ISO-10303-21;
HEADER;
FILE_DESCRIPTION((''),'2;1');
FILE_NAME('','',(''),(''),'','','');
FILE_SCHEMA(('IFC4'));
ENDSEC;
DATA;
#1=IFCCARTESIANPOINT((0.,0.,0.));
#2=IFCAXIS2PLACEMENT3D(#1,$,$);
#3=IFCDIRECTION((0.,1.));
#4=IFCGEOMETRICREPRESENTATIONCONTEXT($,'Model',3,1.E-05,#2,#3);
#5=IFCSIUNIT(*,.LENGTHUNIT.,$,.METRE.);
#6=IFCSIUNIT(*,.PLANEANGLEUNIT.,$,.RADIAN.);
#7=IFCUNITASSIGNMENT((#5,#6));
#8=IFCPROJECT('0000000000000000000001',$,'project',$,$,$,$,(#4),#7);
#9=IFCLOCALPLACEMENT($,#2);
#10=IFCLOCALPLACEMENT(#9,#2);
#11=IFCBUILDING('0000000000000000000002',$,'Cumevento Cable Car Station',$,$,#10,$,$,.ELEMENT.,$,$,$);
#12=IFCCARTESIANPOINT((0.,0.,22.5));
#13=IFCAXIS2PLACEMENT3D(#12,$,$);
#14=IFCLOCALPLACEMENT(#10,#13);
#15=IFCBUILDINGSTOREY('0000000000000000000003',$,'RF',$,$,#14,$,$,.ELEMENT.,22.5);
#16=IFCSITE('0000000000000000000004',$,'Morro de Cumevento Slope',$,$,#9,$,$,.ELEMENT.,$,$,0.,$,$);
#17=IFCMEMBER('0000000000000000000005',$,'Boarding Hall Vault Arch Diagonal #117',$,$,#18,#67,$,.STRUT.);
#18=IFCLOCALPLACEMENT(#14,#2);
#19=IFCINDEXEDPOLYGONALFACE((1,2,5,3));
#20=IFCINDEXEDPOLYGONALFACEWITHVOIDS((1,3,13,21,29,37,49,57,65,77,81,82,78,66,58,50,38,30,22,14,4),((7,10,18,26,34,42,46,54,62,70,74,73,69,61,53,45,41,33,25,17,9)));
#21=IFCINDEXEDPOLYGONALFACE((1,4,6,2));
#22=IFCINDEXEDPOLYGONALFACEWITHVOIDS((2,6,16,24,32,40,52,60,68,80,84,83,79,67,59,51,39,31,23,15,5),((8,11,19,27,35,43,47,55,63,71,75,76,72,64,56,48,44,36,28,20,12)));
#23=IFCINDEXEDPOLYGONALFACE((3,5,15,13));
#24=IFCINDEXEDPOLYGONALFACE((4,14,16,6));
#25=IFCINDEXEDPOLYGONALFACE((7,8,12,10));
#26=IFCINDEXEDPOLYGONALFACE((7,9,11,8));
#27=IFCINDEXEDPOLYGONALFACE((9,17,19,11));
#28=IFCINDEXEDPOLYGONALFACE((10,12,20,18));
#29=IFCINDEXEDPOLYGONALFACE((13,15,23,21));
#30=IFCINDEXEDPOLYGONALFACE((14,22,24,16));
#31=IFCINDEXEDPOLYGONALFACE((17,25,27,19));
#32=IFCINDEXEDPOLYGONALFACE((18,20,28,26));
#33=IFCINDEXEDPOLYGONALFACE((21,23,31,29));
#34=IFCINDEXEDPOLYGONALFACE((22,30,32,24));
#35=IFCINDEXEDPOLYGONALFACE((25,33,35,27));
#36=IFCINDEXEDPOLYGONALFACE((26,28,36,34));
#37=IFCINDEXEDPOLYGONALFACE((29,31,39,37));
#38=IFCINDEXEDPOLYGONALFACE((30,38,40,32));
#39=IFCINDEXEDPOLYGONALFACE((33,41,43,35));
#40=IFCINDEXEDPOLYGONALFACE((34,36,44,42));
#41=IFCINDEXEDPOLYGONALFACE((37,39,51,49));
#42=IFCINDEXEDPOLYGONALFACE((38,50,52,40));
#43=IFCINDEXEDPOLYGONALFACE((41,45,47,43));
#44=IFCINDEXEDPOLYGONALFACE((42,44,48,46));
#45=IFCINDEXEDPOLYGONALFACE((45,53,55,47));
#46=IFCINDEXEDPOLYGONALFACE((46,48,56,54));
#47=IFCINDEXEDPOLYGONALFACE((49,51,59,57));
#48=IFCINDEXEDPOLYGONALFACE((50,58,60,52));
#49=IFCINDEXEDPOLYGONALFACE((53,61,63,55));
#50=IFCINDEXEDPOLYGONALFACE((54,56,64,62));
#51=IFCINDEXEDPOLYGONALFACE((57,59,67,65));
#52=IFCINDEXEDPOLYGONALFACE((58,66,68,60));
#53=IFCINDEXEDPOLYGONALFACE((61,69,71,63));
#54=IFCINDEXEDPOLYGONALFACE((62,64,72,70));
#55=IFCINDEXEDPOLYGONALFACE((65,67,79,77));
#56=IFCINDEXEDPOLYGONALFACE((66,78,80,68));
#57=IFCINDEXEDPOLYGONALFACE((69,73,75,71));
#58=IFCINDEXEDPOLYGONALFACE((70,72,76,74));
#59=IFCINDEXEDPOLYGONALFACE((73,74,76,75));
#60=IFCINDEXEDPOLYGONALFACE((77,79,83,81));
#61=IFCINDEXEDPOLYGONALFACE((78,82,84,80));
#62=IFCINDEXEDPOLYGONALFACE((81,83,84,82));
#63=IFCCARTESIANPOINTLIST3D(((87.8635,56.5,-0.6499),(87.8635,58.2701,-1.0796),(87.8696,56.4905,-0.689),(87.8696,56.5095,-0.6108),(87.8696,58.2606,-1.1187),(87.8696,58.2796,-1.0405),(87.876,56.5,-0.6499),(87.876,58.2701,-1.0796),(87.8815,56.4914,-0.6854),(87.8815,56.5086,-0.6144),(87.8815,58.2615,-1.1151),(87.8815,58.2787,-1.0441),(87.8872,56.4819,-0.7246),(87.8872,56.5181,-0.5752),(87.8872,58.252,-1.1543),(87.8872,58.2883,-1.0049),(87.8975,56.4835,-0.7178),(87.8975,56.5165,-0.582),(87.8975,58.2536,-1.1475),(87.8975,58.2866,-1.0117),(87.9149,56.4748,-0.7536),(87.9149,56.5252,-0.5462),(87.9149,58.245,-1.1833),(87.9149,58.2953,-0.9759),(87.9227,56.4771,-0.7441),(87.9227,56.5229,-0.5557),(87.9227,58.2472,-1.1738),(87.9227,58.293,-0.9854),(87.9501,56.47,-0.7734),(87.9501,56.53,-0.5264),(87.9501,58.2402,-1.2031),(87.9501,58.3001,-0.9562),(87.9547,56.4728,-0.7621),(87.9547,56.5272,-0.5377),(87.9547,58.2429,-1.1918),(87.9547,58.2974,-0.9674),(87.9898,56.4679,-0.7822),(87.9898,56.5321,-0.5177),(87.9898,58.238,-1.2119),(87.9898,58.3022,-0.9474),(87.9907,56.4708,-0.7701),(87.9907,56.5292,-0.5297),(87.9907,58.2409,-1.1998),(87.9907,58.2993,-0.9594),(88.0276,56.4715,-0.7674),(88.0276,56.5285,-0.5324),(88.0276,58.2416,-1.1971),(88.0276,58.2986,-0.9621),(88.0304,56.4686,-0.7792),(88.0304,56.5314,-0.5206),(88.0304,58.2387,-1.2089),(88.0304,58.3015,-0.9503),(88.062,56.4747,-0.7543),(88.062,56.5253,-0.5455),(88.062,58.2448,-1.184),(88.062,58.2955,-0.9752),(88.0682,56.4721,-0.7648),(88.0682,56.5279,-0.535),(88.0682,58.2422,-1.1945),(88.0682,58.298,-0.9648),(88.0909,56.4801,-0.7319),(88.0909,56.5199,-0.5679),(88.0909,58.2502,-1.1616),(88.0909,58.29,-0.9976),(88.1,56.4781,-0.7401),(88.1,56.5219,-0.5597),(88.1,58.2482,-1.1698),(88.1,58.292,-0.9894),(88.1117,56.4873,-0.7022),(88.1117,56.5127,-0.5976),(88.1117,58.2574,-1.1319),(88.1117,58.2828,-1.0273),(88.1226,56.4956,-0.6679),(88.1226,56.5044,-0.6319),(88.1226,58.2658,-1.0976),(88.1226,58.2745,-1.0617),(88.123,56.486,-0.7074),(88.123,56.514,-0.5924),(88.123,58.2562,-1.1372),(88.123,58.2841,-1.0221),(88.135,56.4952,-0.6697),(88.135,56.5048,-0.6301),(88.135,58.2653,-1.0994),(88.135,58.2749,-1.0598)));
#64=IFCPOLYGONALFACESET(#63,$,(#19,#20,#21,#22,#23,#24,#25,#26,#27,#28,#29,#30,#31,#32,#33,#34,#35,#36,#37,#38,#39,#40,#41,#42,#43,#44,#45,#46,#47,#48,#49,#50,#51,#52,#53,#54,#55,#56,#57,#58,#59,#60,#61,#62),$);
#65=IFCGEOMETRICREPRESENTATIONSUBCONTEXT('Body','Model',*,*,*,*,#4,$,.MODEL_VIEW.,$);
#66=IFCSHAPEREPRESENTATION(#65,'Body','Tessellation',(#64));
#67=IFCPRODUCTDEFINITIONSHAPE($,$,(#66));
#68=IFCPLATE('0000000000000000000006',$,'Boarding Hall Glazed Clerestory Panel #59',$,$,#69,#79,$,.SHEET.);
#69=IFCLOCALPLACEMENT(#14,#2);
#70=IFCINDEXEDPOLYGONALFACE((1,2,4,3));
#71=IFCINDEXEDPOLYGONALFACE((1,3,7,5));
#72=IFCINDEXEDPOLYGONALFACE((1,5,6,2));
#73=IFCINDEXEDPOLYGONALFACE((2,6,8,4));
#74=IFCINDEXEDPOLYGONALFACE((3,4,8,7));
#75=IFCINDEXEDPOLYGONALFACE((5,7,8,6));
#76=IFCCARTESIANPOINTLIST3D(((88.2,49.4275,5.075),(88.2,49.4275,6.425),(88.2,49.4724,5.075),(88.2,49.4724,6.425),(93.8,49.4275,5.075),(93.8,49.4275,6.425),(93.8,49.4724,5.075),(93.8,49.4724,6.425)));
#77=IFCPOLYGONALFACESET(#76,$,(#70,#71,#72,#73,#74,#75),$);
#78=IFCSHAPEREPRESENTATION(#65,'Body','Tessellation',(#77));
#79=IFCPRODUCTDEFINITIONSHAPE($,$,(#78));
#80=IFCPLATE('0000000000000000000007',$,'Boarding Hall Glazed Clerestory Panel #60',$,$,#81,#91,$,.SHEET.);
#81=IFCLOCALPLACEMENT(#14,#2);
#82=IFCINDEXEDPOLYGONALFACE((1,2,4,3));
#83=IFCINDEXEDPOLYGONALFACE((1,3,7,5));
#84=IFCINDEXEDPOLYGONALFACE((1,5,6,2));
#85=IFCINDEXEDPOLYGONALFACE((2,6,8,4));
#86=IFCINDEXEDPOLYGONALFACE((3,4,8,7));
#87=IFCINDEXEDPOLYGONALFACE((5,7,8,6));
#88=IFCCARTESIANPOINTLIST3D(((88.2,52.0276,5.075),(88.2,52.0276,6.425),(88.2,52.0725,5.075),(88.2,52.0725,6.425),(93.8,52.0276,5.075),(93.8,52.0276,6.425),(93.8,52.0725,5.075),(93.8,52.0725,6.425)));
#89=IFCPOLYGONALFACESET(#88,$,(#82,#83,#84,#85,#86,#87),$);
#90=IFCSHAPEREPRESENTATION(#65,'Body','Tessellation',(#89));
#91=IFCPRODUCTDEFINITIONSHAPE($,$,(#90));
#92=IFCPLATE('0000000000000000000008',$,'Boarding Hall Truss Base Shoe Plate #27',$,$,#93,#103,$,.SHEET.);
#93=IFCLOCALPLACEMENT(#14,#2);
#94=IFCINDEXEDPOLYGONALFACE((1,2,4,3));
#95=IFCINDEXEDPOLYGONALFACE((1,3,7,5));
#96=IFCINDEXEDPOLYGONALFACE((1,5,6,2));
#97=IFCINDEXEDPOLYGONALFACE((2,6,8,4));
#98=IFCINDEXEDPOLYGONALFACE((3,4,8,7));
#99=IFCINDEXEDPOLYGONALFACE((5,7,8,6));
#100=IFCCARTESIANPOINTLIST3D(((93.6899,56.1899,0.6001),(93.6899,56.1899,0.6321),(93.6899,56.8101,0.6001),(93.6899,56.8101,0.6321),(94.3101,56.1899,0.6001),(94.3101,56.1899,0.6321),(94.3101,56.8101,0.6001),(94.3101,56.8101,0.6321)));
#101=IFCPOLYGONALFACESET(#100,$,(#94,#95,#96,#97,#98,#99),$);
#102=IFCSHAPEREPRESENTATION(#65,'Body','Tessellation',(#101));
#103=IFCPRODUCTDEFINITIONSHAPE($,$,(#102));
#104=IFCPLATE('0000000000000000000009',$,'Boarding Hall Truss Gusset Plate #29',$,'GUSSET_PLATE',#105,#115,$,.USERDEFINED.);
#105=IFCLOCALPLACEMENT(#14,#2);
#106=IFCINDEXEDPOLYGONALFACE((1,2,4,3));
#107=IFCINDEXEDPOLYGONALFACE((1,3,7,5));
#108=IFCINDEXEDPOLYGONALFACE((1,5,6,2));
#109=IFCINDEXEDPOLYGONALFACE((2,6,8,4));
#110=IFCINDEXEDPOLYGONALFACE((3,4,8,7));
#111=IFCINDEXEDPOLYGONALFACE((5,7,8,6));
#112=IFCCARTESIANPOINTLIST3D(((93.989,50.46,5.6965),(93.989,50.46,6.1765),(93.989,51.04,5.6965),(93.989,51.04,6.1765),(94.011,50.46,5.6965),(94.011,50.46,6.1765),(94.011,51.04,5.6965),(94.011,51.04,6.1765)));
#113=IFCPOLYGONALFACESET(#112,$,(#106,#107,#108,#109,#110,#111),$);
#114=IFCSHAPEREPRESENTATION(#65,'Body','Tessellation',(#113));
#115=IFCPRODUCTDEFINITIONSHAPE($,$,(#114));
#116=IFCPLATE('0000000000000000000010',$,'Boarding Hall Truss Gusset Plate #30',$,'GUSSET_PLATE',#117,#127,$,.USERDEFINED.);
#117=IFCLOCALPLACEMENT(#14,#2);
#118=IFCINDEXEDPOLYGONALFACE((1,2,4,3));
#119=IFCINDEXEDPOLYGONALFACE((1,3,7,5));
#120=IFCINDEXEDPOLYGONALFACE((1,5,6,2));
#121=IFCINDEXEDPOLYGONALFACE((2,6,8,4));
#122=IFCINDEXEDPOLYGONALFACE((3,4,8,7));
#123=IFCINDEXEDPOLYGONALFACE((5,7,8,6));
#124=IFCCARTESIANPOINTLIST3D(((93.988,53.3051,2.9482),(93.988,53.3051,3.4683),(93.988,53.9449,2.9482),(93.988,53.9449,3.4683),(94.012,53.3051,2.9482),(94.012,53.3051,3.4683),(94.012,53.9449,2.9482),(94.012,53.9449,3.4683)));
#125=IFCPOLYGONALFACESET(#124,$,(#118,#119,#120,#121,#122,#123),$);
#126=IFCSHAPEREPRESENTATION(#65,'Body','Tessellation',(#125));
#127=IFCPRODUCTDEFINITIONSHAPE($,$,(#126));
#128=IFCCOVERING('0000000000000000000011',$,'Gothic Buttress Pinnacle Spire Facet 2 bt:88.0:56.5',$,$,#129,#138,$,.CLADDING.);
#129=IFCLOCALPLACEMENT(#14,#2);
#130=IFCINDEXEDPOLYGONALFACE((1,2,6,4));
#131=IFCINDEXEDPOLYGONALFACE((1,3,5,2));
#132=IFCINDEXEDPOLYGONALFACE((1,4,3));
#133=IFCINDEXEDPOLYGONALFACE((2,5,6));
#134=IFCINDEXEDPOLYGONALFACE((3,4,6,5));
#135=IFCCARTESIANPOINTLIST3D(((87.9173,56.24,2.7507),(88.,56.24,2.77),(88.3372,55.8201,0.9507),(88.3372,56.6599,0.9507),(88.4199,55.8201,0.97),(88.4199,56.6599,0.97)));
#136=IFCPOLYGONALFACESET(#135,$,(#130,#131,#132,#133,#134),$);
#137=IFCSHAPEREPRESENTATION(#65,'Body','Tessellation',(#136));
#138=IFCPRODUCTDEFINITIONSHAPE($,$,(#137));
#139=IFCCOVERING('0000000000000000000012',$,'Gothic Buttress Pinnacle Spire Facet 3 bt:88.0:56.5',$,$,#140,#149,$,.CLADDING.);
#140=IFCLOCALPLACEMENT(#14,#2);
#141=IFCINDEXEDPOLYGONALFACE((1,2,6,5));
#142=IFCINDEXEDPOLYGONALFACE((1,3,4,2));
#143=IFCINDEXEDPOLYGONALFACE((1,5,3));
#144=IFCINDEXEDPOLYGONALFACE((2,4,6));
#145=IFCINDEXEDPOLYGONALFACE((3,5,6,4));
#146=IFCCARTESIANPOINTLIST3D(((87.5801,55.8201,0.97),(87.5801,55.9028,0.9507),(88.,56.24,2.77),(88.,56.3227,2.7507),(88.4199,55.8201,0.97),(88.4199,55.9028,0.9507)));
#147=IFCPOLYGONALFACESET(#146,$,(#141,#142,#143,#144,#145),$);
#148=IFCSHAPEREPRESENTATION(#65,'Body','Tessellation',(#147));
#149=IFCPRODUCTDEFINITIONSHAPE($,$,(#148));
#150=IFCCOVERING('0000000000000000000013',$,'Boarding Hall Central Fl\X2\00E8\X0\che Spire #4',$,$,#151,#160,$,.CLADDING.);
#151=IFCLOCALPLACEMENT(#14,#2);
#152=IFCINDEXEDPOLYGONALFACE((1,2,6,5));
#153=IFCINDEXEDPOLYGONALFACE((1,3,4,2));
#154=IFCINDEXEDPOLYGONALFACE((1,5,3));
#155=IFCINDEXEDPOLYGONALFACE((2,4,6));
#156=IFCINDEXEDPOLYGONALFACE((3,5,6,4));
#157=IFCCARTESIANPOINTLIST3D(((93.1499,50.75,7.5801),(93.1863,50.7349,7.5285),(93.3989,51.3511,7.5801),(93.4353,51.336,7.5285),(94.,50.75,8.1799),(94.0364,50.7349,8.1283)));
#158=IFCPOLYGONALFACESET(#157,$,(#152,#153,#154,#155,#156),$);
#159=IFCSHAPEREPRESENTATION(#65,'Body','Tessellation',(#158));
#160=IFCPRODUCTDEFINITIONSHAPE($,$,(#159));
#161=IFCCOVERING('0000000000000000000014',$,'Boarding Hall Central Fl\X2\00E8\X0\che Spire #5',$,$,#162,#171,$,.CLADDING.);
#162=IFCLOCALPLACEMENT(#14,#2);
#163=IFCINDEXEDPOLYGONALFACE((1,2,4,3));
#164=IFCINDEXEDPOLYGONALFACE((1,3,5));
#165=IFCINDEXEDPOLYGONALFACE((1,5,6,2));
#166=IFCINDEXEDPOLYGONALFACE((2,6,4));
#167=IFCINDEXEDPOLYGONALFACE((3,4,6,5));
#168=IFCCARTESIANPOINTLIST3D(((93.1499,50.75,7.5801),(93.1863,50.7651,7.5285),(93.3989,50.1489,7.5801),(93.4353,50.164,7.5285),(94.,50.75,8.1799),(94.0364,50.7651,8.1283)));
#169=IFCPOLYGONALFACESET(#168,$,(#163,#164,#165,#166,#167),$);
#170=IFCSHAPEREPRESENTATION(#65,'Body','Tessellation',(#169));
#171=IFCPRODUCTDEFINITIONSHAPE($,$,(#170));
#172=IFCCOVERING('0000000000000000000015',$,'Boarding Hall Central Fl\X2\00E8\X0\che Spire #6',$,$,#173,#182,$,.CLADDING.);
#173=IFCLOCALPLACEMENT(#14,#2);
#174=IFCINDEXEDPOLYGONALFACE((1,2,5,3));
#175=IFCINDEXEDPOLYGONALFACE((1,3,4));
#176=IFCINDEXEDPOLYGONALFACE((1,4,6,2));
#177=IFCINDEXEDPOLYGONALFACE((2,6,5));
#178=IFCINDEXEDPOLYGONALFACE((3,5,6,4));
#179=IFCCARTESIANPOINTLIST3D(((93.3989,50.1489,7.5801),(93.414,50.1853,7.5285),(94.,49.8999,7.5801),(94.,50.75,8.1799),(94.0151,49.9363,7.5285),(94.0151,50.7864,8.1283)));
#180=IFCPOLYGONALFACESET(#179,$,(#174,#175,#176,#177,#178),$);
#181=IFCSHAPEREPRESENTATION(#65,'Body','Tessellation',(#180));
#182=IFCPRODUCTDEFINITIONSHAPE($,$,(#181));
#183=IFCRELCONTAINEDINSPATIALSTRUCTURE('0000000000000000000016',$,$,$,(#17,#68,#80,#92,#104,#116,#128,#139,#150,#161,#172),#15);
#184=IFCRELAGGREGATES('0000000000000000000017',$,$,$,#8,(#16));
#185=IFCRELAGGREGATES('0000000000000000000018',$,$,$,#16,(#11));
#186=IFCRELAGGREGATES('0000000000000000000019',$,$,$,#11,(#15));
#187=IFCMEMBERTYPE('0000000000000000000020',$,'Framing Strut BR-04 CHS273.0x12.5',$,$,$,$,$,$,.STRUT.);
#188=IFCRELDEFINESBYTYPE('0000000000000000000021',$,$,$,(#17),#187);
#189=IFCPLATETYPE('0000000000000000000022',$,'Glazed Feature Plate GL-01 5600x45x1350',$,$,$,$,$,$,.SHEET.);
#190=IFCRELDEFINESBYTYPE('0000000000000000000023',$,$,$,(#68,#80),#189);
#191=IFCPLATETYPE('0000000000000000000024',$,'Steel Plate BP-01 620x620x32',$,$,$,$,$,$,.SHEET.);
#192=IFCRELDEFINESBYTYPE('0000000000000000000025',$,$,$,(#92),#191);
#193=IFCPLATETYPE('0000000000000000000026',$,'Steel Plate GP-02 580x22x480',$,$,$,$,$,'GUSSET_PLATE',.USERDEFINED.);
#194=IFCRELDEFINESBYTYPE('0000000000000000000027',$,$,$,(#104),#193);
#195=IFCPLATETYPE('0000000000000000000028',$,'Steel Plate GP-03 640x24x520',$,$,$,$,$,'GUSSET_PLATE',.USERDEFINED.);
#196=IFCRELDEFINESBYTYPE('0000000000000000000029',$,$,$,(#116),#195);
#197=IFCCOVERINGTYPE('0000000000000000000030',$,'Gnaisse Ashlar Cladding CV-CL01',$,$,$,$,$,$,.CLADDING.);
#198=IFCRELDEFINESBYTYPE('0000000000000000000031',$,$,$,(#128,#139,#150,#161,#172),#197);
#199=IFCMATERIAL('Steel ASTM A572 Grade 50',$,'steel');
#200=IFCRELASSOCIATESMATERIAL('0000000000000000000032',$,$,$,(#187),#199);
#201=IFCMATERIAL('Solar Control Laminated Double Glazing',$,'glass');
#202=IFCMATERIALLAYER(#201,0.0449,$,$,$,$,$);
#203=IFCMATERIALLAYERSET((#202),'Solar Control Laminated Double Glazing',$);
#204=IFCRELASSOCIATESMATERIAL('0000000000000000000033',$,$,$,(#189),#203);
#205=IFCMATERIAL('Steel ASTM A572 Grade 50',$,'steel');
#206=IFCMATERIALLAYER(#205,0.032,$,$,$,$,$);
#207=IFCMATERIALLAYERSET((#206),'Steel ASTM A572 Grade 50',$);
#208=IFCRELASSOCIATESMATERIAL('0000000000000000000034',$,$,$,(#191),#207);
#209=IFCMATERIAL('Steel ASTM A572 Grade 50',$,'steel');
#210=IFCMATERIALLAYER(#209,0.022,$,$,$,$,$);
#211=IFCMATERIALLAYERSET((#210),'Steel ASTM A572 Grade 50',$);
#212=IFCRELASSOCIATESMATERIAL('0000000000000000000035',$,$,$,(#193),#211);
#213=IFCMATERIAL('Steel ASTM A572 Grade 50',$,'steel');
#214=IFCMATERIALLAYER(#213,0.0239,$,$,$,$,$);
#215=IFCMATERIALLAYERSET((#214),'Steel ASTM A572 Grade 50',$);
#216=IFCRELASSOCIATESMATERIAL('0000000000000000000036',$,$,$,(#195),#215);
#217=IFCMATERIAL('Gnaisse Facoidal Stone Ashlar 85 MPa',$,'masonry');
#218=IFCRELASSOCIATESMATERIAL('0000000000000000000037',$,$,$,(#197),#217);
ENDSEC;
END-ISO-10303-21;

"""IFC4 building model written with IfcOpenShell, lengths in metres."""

from ifc_helpers import new_model, si_unit, direction, frame, origin, origin_2d, place, context, subcontext, project, spatial, polyline, rectangle, hollow_circle, outline, extrude, material, layer, layer_set, material_profile, profile_set, type_object, element, save


model = new_model("IFC4")

# Units and contexts
model_context = context("Model", 3, precision=1e-05, world=origin(), true_north=direction((0.0, 1.0)))
body_context = subcontext(model_context, "Body", "Model", "MODEL_VIEW")
ifc_project = project(units=[si_unit("LENGTHUNIT", "METRE"), si_unit("PLANEANGLEUNIT", "RADIAN")], contexts=[model_context])

# Site, building, storey
site_placement = place(None, origin())
site = spatial("IfcSite", under=ifc_project, at=site_placement, Name="Morro de Cumevento Slope", CompositionType="ELEMENT", RefElevation=0.0)
building_placement = place(site_placement, origin())
building = spatial("IfcBuilding", under=site, at=building_placement, Name="Cumevento Cable Car Station", CompositionType="ELEMENT")
storey_placement = place(building_placement, frame((0.0, 0.0, 22.5)))
storey = spatial("IfcBuildingStorey", under=building, at=storey_placement, Name="RF", CompositionType="ELEMENT", Elevation=22.5)

# Member
ifc_material_1 = material(Name="Steel ASTM A572 Grade 50", Category="steel")
ifc_material_profile_1 = material_profile(ifc_material_1, hollow_circle(Radius=0.1365, WallThickness=0.0125, at=origin_2d()), Name="CHS273.0x12.5")
ifc_profile_set_1 = profile_set([ifc_material_profile_1], Name="Steel ASTM A572 Grade 50")
member_type_1 = type_object("IfcMemberType", Name="Framing Strut BR-04 CHS273.0x12.5", PredefinedType="STRUT", material=ifc_profile_set_1)
member_1_placement = place(storey_placement, frame((88.0, 56.5, -0.6499), z_axis=(0.0, 0.971776, -0.235907), x_axis=(-1.0, 0.0, 0.0)))
element("IfcMember", 1, at=member_1_placement, inside=storey, type_object=member_type_1, Name="Boarding Hall Vault Arch Diagonal #117", PredefinedType="STRUT", context=body_context, shape_type="SweptSolid", body=[
    extrude(hollow_circle(Radius=0.1365, WallThickness=0.0125, at=origin_2d()), origin(), (0.0, 0.0, 1.0), 1.8215),
])

# Plates
ifc_material_2 = material(Name="Solar Control Laminated Double Glazing", Category="glass")
ifc_layer_1 = layer(ifc_material_2, 0.0449)
ifc_layer_set_1 = layer_set([ifc_layer_1], Name="Solar Control Laminated Double Glazing")
plate_type_1 = type_object("IfcPlateType", Name="Glazed Feature Plate GL-01 5600x45x1350", PredefinedType="SHEET", material=ifc_layer_set_1)
for number, where, z_axis, x_axis, name in (
    (2, (91.0, 49.45, 5.075), (0.0, 0.0, 1.0), (1.0, 0.0, 0.0), "Boarding Hall Glazed Clerestory Panel #59"),
    (3, (91.0, 52.05, 5.075), (0.0, 0.0, 1.0), (1.0, 0.0, 0.0), "Boarding Hall Glazed Clerestory Panel #60"),
):
    element("IfcPlate", number, at=place(storey_placement, frame(where, z_axis=z_axis, x_axis=x_axis)), inside=storey, type_object=plate_type_1, Name=name, PredefinedType="SHEET", context=body_context, shape_type="SweptSolid", body=[
        extrude(rectangle(XDim=5.6001, YDim=0.0449, at=origin_2d()), origin(), (0.0, 0.0, 1.0), 1.3501),
    ])
ifc_material_3 = material(Name="Steel ASTM A572 Grade 50", Category="steel")
ifc_layer_2 = layer(ifc_material_3, 0.032)
ifc_layer_set_2 = layer_set([ifc_layer_2], Name="Steel ASTM A572 Grade 50")
plate_type_2 = type_object("IfcPlateType", Name="Steel Plate BP-01 620x620x32", PredefinedType="SHEET", material=ifc_layer_set_2)
plate_1_placement = place(storey_placement, frame((94.0, 56.5, 0.6001), z_axis=(0.0, 0.0, 1.0), x_axis=(1.0, 0.0, 0.0)))
element("IfcPlate", 4, at=plate_1_placement, inside=storey, type_object=plate_type_2, Name="Boarding Hall Truss Base Shoe Plate #27", PredefinedType="SHEET", context=body_context, shape_type="SweptSolid", body=[
    extrude(rectangle(XDim=0.6201, YDim=0.6201, at=origin_2d()), origin(), (0.0, 0.0, 1.0), 0.032),
])
ifc_material_4 = material(Name="Steel ASTM A572 Grade 50", Category="steel")
ifc_layer_3 = layer(ifc_material_4, 0.022)
ifc_layer_set_3 = layer_set([ifc_layer_3], Name="Steel ASTM A572 Grade 50")
plate_type_3 = type_object("IfcPlateType", Name="Steel Plate GP-02 580x22x480", ElementType="GUSSET_PLATE", PredefinedType="USERDEFINED", material=ifc_layer_set_3)
plate_2_placement = place(storey_placement, frame((94.0, 50.75, 5.6965), z_axis=(0.0, 0.0, 1.0), x_axis=(0.0, 1.0, 0.0)))
element("IfcPlate", 5, at=plate_2_placement, inside=storey, type_object=plate_type_3, Name="Boarding Hall Truss Gusset Plate #29", ObjectType="GUSSET_PLATE", PredefinedType="USERDEFINED", context=body_context, shape_type="SweptSolid", body=[
    extrude(rectangle(XDim=0.5801, YDim=0.022, at=origin_2d()), origin(), (0.0, 0.0, 1.0), 0.48),
])
ifc_material_5 = material(Name="Steel ASTM A572 Grade 50", Category="steel")
ifc_layer_4 = layer(ifc_material_5, 0.0239)
ifc_layer_set_4 = layer_set([ifc_layer_4], Name="Steel ASTM A572 Grade 50")
plate_type_4 = type_object("IfcPlateType", Name="Steel Plate GP-03 640x24x520", ElementType="GUSSET_PLATE", PredefinedType="USERDEFINED", material=ifc_layer_set_4)
plate_3_placement = place(storey_placement, frame((94.0, 53.625, 2.9482), z_axis=(0.0, 0.0, 1.0), x_axis=(0.0, 1.0, 0.0)))
element("IfcPlate", 6, at=plate_3_placement, inside=storey, type_object=plate_type_4, Name="Boarding Hall Truss Gusset Plate #30", ObjectType="GUSSET_PLATE", PredefinedType="USERDEFINED", context=body_context, shape_type="SweptSolid", body=[
    extrude(rectangle(XDim=0.6399, YDim=0.0239, at=origin_2d()), origin(), (0.0, 0.0, 1.0), 0.52),
])

# Coverings
ifc_material_6 = material(Name="Gnaisse Facoidal Stone Ashlar 85 MPa", Category="masonry")
covering_type = type_object("IfcCoveringType", Name="Gnaisse Ashlar Cladding CV-CL01", PredefinedType="CLADDING", material=ifc_material_6)
for number, where, z_axis, x_axis, name in (
    (7, (88.4199, 56.6599, 0.97), (0.973852, 0.0, 0.227184), (0.0, -1.0, 0.0), "Gothic Buttress Pinnacle Spire Facet 2 bt:88.0:56.5"),
    (8, (88.4199, 55.8201, 0.97), (0.0, -0.973852, 0.227184), (-1.0, 0.0, 0.0), "Gothic Buttress Pinnacle Spire Facet 3 bt:88.0:56.5"),
):
    element("IfcCovering", number, at=place(storey_placement, frame(where, z_axis=z_axis, x_axis=x_axis)), inside=storey, type_object=covering_type, Name=name, PredefinedType="CLADDING", context=body_context, shape_type="SweptSolid", body=[
        extrude(outline(polyline([(0.0, 0.0), (0.8398, 0.0), (0.4199, -1.8484), (0.0, 0.0)])), origin(), (0.0, 0.0, -1.0), 0.085),
    ])
covering_1_placement = place(storey_placement, frame((93.3989, 51.3511, 7.5801), z_axis=(-0.56077, 0.232325, 0.794709), x_axis=(-0.382749, -0.923852, 0.0)))
element("IfcCovering", 9, at=covering_1_placement, inside=storey, type_object=covering_type, Name="Boarding Hall Central Flèche Spire #4", PredefinedType="CLADDING", context=body_context, shape_type="SweptSolid", body=[
    extrude(outline(polyline([(0.0, 0.0), (0.6506, 0.0), (0.3252, 0.9882), (0.0, 0.0)])), origin(), (0.0, 0.0, -1.0), 0.0649),
])
covering_2_placement = place(storey_placement, frame((93.1499, 50.75, 7.5801), z_axis=(-0.56077, -0.232325, 0.794709), x_axis=(0.382749, -0.923852, 0.0)))
element("IfcCovering", 10, at=covering_2_placement, inside=storey, type_object=covering_type, Name="Boarding Hall Central Flèche Spire #5", PredefinedType="CLADDING", context=body_context, shape_type="SweptSolid", body=[
    extrude(outline(polyline([(0.0, 0.0), (0.6506, 0.0), (0.3254, 0.9882), (0.0, 0.0)])), origin(), (0.0, 0.0, -1.0), 0.0649),
])
covering_3_placement = place(storey_placement, frame((93.3989, 50.1489, 7.5801), z_axis=(-0.232325, -0.56077, 0.794709), x_axis=(0.923852, -0.382749, 0.0)))
element("IfcCovering", 11, at=covering_3_placement, inside=storey, type_object=covering_type, Name="Boarding Hall Central Flèche Spire #6", PredefinedType="CLADDING", context=body_context, shape_type="SweptSolid", body=[
    extrude(outline(polyline([(0.0, 0.0), (0.6506, 0.0), (0.3252, 0.9882), (0.0, 0.0)])), origin(), (0.0, 0.0, -1.0), 0.0649),
])

save(model, "model.ifc")
